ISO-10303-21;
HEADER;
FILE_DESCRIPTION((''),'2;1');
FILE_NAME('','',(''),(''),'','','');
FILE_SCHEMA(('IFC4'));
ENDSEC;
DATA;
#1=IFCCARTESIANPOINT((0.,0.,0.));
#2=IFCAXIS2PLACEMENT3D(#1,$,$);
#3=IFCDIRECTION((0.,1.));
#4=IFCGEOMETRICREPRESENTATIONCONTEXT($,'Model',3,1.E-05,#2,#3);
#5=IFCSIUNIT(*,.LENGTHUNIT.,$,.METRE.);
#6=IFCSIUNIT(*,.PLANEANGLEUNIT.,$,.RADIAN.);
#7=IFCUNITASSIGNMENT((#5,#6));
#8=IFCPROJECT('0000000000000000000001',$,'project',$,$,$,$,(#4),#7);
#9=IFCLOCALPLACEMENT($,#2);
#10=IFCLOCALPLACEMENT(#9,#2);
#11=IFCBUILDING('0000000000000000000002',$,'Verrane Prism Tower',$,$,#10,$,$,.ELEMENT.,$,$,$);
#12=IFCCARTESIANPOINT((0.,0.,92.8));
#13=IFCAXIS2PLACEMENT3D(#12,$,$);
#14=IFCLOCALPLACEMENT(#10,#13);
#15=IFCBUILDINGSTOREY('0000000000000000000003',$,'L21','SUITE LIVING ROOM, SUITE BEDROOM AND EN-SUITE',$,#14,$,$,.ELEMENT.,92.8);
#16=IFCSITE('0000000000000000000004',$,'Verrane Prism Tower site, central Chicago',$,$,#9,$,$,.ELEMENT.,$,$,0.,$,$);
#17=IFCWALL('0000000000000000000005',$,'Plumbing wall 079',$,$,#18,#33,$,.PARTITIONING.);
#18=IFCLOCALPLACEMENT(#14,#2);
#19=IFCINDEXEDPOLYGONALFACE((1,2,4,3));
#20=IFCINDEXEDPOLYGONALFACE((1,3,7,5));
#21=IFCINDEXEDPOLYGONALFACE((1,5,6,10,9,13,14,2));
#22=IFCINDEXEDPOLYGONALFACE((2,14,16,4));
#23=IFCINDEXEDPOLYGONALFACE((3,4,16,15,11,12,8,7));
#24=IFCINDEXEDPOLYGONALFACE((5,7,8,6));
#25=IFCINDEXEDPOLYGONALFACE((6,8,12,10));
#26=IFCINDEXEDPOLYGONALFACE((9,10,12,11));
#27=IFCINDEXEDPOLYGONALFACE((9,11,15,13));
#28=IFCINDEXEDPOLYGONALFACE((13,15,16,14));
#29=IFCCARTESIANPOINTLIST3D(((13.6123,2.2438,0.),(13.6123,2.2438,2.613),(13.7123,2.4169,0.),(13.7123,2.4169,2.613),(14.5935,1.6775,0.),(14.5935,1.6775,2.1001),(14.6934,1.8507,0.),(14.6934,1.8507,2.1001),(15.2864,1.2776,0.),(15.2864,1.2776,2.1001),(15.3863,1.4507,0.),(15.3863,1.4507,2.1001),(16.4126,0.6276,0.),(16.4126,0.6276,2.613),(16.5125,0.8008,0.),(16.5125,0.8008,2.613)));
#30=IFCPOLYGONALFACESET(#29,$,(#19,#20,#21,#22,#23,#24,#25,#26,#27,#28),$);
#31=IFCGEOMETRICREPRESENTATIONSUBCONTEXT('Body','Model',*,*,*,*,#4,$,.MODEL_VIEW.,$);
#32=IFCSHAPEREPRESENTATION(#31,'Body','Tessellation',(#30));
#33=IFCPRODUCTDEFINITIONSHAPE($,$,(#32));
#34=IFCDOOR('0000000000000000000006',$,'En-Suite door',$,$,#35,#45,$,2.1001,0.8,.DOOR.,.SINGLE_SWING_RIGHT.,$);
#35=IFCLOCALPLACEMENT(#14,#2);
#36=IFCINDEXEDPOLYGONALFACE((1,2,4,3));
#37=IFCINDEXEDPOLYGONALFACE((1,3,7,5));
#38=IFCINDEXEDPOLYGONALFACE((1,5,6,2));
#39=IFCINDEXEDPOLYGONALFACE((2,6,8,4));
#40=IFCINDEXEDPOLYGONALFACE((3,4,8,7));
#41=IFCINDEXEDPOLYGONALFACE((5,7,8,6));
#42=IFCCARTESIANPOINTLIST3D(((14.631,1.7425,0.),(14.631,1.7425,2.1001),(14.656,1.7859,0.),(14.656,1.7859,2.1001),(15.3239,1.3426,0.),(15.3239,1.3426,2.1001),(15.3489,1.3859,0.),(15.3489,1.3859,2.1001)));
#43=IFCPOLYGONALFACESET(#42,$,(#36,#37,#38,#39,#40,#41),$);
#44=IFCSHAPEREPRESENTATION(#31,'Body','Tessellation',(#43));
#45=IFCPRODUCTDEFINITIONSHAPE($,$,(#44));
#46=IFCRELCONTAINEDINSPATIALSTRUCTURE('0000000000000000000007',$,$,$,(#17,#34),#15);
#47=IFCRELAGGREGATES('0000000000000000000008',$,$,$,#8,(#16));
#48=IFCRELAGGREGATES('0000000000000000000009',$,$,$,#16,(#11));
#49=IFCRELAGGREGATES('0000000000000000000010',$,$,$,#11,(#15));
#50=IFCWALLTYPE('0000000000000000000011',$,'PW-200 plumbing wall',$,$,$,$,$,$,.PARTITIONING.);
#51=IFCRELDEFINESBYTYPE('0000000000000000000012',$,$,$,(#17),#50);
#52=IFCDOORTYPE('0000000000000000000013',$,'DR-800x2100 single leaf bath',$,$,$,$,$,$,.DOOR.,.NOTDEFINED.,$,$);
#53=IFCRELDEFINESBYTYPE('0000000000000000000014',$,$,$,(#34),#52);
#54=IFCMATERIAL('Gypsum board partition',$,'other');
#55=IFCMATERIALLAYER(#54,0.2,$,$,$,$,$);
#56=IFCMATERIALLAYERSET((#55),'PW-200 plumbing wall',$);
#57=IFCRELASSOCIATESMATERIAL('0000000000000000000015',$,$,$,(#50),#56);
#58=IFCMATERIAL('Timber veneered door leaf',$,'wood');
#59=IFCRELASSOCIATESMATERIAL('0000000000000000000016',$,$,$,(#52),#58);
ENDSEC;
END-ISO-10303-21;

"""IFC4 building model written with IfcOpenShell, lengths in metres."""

from ifc_helpers import new_model, si_unit, direction, frame, frame_2d, origin, place, context, subcontext, project, spatial, rectangle, extrude, material, layer, layer_set, type_object, element, fill, save


model = new_model("IFC4")

# Units and contexts
model_context = context("Model", 3, precision=1e-05, world=origin(), true_north=direction((0.0, 1.0)))
body_context = subcontext(model_context, "Body", "Model", "MODEL_VIEW")
ifc_project = project(units=[si_unit("LENGTHUNIT", "METRE"), si_unit("PLANEANGLEUNIT", "RADIAN")], contexts=[model_context])

# Site, building, storey
site_placement = place(None, origin())
site = spatial("IfcSite", under=ifc_project, at=site_placement, Name="Verrane Prism Tower site, central Chicago", CompositionType="ELEMENT", RefElevation=0.0)
building_placement = place(site_placement, origin())
building = spatial("IfcBuilding", under=site, at=building_placement, Name="Verrane Prism Tower", CompositionType="ELEMENT")
storey_placement = place(building_placement, frame((0.0, 0.0, 92.8)))
storey = spatial("IfcBuildingStorey", under=building, at=storey_placement, Name="L21", Description="SUITE LIVING ROOM, SUITE BEDROOM AND EN-SUITE", CompositionType="ELEMENT", Elevation=92.8)

# Wall, opening, door
ifc_material_1 = material(Name="Gypsum board partition", Category="other")
ifc_layer_1 = layer(ifc_material_1, 0.2)
ifc_layer_set_1 = layer_set([ifc_layer_1], Name="PW-200 plumbing wall")
wall_type_1 = type_object("IfcWallType", Name="PW-200 plumbing wall", PredefinedType="PARTITIONING", material=ifc_layer_set_1)
ifc_material_2 = material(Name="Timber veneered door leaf", Category="wood")
door_type_1 = type_object("IfcDoorType", Name="DR-800x2100 single leaf bath", OperationType="NOTDEFINED", PredefinedType="DOOR", material=ifc_material_2)
wall_1_placement = place(storey_placement, frame((16.4626, 0.7141, 0.0), z_axis=(0.0, 0.0, 1.0), x_axis=(-0.866098, 0.499875, 0.0)))
wall_1 = element("IfcWall", 1, at=wall_1_placement, inside=storey, type_object=wall_type_1, Name="Plumbing wall 079", PredefinedType="PARTITIONING", context=body_context, shape_type="SweptSolid", body=[
    extrude(rectangle(XDim=3.2332, YDim=0.2, at=frame_2d((1.6167, 0.0))), origin(), (0.0, 0.0, 1.0), 2.613),
])
opening_1_placement = place(wall_1_placement, frame((1.3005, 0.0, 0.0)))
opening_1 = element("IfcOpeningElement", 2, at=opening_1_placement, cuts=wall_1, PredefinedType="OPENING", context=body_context, shape_type="SweptSolid", body=[
    extrude(rectangle(XDim=0.8, YDim=2.1001, at=frame_2d((0.3999, 1.05))), frame((0.0, 0.1099, 0.0), z_axis=(0.0, -1.0, 0.0), x_axis=(1.0, 0.0, 0.0)), (0.0, 0.0, 1.0), 0.22),
])
door_1_placement = place(opening_1_placement, origin())
door_1 = element("IfcDoor", 3, at=door_1_placement, inside=storey, type_object=door_type_1, Name="En-Suite door", OperationType="SINGLE_SWING_RIGHT", OverallHeight=2.1001, OverallWidth=0.8, PredefinedType="DOOR", context=body_context, shape_type="SweptSolid", body=[
    extrude(rectangle(XDim=0.8, YDim=2.1001, at=frame_2d((0.3999, 1.05))), frame((0.0, 0.0249, 0.0), z_axis=(0.0, -1.0, 0.0), x_axis=(1.0, 0.0, 0.0)), (0.0, 0.0, 1.0), 0.05),
])
fill(opening_1, door_1)

save(model, "model.ifc")
